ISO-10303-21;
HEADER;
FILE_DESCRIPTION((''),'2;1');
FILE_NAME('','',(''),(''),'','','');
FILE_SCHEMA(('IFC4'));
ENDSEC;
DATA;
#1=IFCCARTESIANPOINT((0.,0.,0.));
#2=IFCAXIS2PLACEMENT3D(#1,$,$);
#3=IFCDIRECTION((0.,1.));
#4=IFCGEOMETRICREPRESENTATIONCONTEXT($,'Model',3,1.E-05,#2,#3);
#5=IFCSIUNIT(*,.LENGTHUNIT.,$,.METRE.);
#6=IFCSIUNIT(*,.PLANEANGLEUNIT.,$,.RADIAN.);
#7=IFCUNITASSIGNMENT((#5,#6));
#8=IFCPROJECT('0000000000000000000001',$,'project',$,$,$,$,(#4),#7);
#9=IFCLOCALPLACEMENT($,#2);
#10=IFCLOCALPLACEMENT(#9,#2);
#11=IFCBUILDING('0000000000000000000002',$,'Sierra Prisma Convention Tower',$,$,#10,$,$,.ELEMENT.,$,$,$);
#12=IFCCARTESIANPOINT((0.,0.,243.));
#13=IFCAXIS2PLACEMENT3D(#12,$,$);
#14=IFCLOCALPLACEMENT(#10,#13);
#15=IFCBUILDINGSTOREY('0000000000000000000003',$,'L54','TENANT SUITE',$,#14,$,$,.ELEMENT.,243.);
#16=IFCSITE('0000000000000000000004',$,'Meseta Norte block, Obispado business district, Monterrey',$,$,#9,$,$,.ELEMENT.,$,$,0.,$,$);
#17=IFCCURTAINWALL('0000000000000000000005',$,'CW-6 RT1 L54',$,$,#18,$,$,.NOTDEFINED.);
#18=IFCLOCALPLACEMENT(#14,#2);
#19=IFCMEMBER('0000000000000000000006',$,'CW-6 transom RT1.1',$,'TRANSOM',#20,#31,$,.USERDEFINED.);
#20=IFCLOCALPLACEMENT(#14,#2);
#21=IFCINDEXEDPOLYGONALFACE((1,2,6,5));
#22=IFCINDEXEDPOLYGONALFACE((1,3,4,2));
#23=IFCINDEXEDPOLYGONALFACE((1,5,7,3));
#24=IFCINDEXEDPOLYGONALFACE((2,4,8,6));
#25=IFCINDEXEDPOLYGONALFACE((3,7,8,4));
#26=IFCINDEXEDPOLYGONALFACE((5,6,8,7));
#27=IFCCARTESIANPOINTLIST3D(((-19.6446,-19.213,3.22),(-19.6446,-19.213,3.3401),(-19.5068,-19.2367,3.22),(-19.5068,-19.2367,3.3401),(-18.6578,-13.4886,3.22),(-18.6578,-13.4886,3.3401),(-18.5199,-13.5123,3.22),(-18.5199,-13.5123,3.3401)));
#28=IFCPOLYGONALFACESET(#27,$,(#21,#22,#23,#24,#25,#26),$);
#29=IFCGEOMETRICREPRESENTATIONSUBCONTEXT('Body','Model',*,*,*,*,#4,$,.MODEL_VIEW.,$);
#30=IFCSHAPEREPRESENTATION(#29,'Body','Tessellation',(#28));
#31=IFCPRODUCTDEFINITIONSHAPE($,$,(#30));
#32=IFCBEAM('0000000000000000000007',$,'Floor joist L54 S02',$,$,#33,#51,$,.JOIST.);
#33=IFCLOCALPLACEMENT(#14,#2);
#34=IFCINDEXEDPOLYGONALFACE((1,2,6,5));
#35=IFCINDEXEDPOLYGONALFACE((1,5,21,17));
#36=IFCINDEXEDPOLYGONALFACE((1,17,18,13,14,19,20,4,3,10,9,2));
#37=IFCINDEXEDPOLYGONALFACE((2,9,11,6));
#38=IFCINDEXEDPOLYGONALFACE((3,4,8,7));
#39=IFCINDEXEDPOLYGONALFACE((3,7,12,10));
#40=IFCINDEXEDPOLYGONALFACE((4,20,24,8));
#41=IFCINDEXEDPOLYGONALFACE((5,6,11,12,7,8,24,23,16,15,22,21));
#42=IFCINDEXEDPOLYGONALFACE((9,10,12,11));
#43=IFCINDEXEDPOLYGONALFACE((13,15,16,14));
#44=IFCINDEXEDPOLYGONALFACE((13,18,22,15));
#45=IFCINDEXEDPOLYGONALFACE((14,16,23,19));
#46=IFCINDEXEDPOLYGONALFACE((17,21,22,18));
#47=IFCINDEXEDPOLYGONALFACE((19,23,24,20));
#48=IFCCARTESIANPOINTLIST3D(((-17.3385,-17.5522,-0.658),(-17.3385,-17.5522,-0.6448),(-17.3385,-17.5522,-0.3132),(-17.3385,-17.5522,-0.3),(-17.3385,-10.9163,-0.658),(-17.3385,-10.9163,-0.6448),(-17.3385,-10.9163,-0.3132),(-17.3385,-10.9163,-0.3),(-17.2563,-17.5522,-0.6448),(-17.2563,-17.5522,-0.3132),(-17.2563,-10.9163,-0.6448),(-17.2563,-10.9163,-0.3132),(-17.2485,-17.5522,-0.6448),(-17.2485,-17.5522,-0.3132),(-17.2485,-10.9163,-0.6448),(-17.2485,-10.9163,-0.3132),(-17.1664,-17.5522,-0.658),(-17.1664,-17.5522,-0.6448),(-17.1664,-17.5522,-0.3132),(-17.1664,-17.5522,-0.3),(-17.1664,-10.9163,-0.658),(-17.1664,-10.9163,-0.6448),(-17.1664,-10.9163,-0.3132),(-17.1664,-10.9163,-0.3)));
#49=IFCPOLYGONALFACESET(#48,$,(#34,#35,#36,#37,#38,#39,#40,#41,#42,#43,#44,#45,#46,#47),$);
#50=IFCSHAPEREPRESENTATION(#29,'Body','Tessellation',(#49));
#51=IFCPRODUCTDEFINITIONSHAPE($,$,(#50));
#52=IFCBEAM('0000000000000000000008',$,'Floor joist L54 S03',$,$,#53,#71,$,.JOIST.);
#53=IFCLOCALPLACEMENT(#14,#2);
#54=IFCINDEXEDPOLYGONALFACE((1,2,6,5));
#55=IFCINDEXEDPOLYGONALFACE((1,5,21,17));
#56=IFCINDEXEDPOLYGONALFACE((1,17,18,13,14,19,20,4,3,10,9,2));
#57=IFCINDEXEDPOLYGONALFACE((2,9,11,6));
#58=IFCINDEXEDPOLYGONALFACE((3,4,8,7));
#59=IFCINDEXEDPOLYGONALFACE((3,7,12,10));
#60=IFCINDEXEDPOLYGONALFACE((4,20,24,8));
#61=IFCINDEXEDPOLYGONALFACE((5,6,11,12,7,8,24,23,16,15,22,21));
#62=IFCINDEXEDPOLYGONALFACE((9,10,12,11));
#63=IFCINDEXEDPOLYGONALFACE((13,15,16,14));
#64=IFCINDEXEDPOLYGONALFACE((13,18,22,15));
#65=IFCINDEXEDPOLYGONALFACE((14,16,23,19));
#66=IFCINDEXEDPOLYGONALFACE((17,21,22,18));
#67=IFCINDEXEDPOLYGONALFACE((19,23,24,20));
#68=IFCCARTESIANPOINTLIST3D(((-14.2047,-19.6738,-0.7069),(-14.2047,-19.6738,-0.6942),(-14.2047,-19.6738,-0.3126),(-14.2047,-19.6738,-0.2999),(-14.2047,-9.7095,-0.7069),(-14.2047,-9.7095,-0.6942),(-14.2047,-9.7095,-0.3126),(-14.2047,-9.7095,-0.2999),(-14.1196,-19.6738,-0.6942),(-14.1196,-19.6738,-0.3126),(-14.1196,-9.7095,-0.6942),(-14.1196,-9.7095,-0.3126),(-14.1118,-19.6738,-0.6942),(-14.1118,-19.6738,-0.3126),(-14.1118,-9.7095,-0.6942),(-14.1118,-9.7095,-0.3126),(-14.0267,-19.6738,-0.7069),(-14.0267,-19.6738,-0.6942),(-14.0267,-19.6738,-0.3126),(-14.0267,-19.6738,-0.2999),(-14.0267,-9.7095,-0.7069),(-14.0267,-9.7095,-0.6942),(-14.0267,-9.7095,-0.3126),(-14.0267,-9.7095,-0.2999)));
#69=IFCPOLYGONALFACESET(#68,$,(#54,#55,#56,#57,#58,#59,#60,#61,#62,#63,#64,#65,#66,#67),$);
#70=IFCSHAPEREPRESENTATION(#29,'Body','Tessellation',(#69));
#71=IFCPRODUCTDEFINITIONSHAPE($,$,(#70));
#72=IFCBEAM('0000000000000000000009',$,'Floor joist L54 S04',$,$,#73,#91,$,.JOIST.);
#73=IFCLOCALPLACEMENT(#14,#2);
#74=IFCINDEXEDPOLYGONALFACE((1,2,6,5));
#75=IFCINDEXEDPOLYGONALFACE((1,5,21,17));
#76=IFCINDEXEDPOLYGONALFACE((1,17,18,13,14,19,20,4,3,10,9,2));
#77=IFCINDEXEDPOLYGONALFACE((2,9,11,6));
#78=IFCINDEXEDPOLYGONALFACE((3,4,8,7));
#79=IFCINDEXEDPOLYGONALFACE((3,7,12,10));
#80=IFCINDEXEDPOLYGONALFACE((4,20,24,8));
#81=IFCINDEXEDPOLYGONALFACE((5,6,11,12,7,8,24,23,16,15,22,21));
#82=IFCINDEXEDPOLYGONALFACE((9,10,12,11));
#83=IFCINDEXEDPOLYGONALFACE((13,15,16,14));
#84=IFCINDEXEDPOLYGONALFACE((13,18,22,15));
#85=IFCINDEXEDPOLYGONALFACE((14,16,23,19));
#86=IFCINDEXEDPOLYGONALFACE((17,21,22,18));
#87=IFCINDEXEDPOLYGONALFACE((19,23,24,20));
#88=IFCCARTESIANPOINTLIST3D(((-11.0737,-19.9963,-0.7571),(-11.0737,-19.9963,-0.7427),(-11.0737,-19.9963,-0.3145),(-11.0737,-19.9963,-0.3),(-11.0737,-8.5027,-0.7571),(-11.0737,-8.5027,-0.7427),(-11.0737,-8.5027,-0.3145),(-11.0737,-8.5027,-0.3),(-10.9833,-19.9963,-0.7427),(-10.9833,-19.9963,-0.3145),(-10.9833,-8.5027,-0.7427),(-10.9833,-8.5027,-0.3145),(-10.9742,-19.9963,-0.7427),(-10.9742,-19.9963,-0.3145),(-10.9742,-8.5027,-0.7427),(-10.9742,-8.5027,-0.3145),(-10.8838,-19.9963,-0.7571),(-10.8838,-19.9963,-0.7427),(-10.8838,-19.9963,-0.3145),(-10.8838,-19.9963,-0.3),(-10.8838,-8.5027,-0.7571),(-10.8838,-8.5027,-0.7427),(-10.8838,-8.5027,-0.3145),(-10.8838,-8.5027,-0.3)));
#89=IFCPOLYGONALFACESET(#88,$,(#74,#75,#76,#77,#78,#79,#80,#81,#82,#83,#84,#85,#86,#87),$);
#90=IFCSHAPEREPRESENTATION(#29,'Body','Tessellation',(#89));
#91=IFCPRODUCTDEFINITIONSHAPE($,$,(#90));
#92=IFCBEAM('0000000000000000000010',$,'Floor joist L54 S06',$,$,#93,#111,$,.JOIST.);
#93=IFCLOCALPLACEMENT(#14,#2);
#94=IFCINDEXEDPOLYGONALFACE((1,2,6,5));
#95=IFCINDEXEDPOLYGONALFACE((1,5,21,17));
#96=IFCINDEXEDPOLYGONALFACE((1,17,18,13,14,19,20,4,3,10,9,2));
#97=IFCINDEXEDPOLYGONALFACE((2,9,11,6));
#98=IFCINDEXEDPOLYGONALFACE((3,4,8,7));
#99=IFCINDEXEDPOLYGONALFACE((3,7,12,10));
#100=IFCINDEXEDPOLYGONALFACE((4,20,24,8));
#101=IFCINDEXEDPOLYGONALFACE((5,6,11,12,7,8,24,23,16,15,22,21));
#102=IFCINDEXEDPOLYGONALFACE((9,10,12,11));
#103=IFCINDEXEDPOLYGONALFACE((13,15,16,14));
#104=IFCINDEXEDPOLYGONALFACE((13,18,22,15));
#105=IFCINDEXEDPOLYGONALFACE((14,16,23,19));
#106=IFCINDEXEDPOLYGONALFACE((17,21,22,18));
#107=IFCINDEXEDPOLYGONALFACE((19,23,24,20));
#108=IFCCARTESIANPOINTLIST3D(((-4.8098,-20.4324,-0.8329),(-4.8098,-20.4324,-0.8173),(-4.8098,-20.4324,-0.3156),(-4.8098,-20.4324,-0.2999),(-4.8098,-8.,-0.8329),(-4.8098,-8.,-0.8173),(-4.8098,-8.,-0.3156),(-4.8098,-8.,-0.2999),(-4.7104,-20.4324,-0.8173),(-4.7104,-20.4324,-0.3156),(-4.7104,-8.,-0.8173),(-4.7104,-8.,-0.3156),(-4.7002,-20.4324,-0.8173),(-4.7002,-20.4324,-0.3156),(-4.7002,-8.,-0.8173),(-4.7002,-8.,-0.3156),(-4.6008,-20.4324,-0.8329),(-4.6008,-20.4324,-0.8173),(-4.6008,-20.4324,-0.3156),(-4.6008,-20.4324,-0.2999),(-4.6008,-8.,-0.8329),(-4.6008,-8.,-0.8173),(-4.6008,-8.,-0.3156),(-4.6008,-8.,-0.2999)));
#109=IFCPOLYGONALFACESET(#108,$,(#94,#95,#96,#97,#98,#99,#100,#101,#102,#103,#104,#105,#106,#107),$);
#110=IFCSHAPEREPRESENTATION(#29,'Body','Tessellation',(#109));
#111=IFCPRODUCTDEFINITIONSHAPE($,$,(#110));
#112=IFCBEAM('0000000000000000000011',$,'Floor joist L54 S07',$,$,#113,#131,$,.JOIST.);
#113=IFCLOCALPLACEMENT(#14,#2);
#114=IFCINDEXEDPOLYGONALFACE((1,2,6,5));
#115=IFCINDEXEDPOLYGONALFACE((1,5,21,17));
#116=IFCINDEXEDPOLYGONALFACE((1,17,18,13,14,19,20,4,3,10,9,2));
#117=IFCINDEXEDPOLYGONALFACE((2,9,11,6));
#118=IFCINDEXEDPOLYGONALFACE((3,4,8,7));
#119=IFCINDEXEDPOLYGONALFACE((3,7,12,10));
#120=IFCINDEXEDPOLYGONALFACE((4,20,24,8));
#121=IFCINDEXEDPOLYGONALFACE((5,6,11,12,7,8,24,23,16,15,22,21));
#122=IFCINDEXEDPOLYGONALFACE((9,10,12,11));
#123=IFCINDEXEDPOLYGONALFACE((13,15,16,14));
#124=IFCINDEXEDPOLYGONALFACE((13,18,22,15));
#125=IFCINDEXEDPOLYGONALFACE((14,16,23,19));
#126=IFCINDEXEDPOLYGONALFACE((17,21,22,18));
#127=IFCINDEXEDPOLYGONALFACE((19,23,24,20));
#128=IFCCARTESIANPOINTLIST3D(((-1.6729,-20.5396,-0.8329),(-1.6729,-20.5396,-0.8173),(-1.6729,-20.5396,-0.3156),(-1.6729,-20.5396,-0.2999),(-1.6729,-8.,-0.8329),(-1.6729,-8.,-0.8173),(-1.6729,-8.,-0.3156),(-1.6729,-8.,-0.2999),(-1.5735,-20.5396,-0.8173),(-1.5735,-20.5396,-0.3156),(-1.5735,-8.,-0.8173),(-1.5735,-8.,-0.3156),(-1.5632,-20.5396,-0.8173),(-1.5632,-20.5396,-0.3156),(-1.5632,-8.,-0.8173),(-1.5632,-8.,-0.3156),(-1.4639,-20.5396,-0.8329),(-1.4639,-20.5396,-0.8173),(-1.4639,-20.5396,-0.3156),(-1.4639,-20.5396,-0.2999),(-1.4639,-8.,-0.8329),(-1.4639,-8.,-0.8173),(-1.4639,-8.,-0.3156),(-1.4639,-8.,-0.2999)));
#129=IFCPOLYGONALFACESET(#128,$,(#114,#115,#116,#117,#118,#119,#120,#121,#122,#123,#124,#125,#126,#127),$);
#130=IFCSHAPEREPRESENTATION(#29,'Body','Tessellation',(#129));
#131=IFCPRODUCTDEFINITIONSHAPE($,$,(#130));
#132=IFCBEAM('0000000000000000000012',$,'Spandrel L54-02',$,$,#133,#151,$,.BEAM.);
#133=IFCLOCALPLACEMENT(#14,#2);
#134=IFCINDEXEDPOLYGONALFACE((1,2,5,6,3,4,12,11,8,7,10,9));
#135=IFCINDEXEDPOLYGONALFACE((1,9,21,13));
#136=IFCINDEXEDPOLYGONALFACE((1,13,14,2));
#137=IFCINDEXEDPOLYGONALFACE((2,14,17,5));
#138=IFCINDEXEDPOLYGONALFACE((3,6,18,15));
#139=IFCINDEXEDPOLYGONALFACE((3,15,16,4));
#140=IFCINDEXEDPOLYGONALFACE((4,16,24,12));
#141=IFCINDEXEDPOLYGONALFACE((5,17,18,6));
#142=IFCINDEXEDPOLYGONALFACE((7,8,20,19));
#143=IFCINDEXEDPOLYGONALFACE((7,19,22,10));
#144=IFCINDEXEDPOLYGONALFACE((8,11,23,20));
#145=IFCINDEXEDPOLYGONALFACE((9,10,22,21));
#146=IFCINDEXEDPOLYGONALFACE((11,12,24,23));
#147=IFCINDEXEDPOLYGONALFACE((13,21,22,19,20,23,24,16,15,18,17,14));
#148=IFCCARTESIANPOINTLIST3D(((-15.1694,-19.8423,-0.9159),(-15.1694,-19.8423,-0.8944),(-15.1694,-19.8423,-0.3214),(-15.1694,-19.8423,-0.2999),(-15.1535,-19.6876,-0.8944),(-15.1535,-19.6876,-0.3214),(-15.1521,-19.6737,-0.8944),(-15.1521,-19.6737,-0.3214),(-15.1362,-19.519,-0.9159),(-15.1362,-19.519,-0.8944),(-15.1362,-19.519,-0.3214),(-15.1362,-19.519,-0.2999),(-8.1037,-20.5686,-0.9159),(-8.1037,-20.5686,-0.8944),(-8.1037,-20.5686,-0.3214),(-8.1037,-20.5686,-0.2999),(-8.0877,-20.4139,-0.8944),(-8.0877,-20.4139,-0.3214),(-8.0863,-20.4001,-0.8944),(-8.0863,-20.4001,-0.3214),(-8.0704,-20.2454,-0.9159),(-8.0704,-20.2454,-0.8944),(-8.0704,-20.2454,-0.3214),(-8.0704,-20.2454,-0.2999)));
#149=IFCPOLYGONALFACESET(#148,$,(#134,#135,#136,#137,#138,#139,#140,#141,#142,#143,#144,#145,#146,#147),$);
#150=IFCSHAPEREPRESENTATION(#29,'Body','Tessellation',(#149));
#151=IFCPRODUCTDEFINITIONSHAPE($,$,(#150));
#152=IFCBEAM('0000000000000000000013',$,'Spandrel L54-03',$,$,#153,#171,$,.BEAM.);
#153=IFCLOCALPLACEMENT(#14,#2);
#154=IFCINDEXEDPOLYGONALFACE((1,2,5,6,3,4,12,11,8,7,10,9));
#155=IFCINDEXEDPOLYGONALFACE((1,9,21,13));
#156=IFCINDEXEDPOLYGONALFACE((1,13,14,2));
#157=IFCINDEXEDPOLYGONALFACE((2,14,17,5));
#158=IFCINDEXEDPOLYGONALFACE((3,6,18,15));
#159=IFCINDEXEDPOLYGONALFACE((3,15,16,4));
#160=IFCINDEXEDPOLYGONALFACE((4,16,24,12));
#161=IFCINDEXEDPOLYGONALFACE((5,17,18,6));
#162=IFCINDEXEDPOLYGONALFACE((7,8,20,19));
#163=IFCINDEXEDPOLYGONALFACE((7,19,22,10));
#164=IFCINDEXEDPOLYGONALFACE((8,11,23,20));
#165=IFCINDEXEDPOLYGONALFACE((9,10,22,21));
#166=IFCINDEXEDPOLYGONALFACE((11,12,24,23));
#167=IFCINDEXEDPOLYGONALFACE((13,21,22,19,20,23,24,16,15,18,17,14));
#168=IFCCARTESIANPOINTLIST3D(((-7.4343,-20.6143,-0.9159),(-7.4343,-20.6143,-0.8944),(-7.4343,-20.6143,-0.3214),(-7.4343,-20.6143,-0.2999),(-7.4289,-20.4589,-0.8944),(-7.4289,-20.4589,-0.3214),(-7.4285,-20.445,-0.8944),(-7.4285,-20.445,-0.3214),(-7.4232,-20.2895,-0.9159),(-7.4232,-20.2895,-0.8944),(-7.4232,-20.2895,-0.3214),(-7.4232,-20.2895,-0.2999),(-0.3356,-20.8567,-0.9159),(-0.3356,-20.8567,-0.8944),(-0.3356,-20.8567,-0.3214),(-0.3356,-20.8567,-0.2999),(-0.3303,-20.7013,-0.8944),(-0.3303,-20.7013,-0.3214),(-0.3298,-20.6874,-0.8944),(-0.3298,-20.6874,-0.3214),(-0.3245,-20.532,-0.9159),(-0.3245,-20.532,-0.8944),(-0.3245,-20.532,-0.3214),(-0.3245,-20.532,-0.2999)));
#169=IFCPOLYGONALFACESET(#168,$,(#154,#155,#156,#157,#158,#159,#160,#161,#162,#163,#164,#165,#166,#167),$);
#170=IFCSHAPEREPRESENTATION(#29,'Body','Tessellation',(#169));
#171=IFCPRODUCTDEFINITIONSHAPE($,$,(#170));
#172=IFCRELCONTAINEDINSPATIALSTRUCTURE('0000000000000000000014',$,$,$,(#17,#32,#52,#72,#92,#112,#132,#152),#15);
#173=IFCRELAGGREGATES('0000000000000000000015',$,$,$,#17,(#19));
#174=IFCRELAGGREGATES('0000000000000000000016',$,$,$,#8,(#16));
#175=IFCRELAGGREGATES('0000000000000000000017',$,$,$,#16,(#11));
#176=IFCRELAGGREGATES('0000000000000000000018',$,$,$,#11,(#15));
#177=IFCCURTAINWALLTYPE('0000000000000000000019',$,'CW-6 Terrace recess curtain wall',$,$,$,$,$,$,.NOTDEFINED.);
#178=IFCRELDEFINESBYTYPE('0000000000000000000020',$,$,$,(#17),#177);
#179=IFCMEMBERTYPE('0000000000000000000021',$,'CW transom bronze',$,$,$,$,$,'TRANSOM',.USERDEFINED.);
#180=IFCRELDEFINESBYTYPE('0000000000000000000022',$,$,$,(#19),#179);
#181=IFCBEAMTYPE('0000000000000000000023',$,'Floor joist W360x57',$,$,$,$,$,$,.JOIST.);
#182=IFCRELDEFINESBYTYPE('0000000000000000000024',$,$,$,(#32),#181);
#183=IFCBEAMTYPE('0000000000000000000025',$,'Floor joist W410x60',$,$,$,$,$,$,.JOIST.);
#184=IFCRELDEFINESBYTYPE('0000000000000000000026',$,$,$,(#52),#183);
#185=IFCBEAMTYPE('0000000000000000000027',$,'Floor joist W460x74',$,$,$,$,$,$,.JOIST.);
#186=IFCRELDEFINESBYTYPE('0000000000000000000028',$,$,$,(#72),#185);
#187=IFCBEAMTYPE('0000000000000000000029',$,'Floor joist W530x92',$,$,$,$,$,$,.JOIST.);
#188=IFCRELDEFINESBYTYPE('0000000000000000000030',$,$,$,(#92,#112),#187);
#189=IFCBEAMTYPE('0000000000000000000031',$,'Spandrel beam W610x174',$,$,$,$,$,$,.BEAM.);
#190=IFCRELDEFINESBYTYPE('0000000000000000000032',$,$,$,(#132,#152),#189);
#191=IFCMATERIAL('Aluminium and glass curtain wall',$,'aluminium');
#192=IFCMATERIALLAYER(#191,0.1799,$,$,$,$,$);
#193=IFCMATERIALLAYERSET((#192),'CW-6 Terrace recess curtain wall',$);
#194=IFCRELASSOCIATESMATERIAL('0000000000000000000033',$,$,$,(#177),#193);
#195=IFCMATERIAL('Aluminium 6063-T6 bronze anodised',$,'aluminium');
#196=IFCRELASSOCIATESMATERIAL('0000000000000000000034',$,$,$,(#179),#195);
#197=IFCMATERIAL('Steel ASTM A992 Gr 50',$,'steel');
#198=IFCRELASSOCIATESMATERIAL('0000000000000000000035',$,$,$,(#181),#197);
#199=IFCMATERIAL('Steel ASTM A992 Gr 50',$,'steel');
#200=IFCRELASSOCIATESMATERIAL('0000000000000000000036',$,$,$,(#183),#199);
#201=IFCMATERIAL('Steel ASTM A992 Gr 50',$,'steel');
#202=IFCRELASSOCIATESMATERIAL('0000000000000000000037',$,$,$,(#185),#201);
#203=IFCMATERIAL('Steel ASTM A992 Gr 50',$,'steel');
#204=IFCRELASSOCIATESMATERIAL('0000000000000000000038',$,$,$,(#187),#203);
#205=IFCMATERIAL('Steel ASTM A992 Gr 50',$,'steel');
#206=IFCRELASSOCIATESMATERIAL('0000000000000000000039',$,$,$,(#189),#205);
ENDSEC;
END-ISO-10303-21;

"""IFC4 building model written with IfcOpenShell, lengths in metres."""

from ifc_helpers import new_model, si_unit, direction, frame, origin, origin_2d, place, context, subcontext, project, spatial, rectangle, i_section, extrude, material, layer, layer_set, material_profile, profile_set, type_object, element, aggregate, save


model = new_model("IFC4")

# Units and contexts
model_context = context("Model", 3, precision=1e-05, world=origin(), true_north=direction((0.0, 1.0)))
body_context = subcontext(model_context, "Body", "Model", "MODEL_VIEW")
ifc_project = project(units=[si_unit("LENGTHUNIT", "METRE"), si_unit("PLANEANGLEUNIT", "RADIAN")], contexts=[model_context])

# Site, building, storey
site_placement = place(None, origin())
site = spatial("IfcSite", under=ifc_project, at=site_placement, Name="Meseta Norte block, Obispado business district, Monterrey", CompositionType="ELEMENT", RefElevation=0.0)
building_placement = place(site_placement, origin())
building = spatial("IfcBuilding", under=site, at=building_placement, Name="Sierra Prisma Convention Tower", CompositionType="ELEMENT")
storey_placement = place(building_placement, frame((0.0, 0.0, 243.0)))
storey = spatial("IfcBuildingStorey", under=building, at=storey_placement, Name="L54", Description="TENANT SUITE", CompositionType="ELEMENT", Elevation=243.0)

# Shared definitions
ifc_material_1 = material(Name="Aluminium and glass curtain wall", Category="aluminium")
ifc_layer_1 = layer(ifc_material_1, 0.1799)
ifc_layer_set_1 = layer_set([ifc_layer_1], Name="CW-6 Terrace recess curtain wall")
curtain_wall_type_1 = type_object("IfcCurtainWallType", Name="CW-6 Terrace recess curtain wall", PredefinedType="NOTDEFINED", material=ifc_layer_set_1)

# Curtain wall
curtain_wall_1_placement = place(storey_placement, origin())
curtain_wall_1 = element("IfcCurtainWall", 1, at=curtain_wall_1_placement, inside=storey, type_object=curtain_wall_type_1, Name="CW-6 RT1 L54", PredefinedType="NOTDEFINED")

# Shared definitions
ifc_material_2 = material(Name="Aluminium 6063-T6 bronze anodised", Category="aluminium")
ifc_material_profile_1 = material_profile(ifc_material_2, rectangle(XDim=0.1399, YDim=0.1201, at=origin_2d()), Name="ALU TRANSOM 120x140")
ifc_profile_set_1 = profile_set([ifc_material_profile_1], Name="Aluminium 6063-T6 bronze anodised")
member_type_1 = type_object("IfcMemberType", Name="CW transom bronze", ElementType="TRANSOM", PredefinedType="USERDEFINED", material=ifc_profile_set_1)

# Member
member_1_placement = place(storey_placement, frame((-19.5757, -19.2249, 3.28), z_axis=(0.169883, 0.985464, 0.0), x_axis=(-0.985464, 0.169883, 0.0)))
member_1 = element("IfcMember", 2, at=member_1_placement, type_object=member_type_1, Name="CW-6 transom RT1.1", ObjectType="TRANSOM", PredefinedType="USERDEFINED", context=body_context, shape_type="SweptSolid", body=[
    extrude(rectangle(XDim=0.1399, YDim=0.1201, at=origin_2d()), origin(), (0.0, 0.0, 1.0), 5.8088),
])

# Beams
ifc_material_3 = material(Name="Steel ASTM A992 Gr 50", Category="steel")
ifc_material_profile_2 = material_profile(ifc_material_3, i_section(OverallWidth=0.1721, OverallDepth=0.3579, WebThickness=0.0078, FlangeThickness=0.0132, at=origin_2d()), Name="W360x57")
ifc_profile_set_2 = profile_set([ifc_material_profile_2], Name="Steel ASTM A992 Gr 50")
beam_type_1 = type_object("IfcBeamType", Name="Floor joist W360x57", PredefinedType="JOIST", material=ifc_profile_set_2)
beam_1_placement = place(storey_placement, frame((-17.2524, -17.5522, -0.479), z_axis=(0.0, 1.0, 0.0), x_axis=(-1.0, 0.0, 0.0)))
element("IfcBeam", 3, at=beam_1_placement, inside=storey, type_object=beam_type_1, Name="Floor joist L54 S02", PredefinedType="JOIST", context=body_context, shape_type="SweptSolid", body=[
    extrude(i_section(OverallWidth=0.1721, OverallDepth=0.3579, WebThickness=0.0078, FlangeThickness=0.0132, at=origin_2d()), origin(), (0.0, 0.0, 1.0), 6.636),
])
ifc_material_4 = material(Name="Steel ASTM A992 Gr 50", Category="steel")
ifc_material_profile_3 = material_profile(ifc_material_4, i_section(OverallWidth=0.178, OverallDepth=0.407, WebThickness=0.0078, FlangeThickness=0.0127, at=origin_2d()), Name="W410x60")
ifc_profile_set_3 = profile_set([ifc_material_profile_3], Name="Steel ASTM A992 Gr 50")
beam_type_2 = type_object("IfcBeamType", Name="Floor joist W410x60", PredefinedType="JOIST", material=ifc_profile_set_3)
beam_2_placement = place(storey_placement, frame((-14.1157, -19.6738, -0.5034), z_axis=(0.0, 1.0, 0.0), x_axis=(-1.0, 0.0, 0.0)))
element("IfcBeam", 4, at=beam_2_placement, inside=storey, type_object=beam_type_2, Name="Floor joist L54 S03", PredefinedType="JOIST", context=body_context, shape_type="SweptSolid", body=[
    extrude(i_section(OverallWidth=0.178, OverallDepth=0.407, WebThickness=0.0078, FlangeThickness=0.0127, at=origin_2d()), origin(), (0.0, 0.0, 1.0), 9.9644),
])
ifc_material_5 = material(Name="Steel ASTM A992 Gr 50", Category="steel")
ifc_material_profile_4 = material_profile(ifc_material_5, i_section(OverallWidth=0.1899, OverallDepth=0.457, WebThickness=0.009, FlangeThickness=0.0144, at=origin_2d()), Name="W460x74")
ifc_profile_set_4 = profile_set([ifc_material_profile_4], Name="Steel ASTM A992 Gr 50")
beam_type_3 = type_object("IfcBeamType", Name="Floor joist W460x74", PredefinedType="JOIST", material=ifc_profile_set_4)
beam_3_placement = place(storey_placement, frame((-10.9788, -19.9963, -0.5286), z_axis=(0.0, 1.0, 0.0), x_axis=(-1.0, 0.0, 0.0)))
element("IfcBeam", 5, at=beam_3_placement, inside=storey, type_object=beam_type_3, Name="Floor joist L54 S04", PredefinedType="JOIST", context=body_context, shape_type="SweptSolid", body=[
    extrude(i_section(OverallWidth=0.1899, OverallDepth=0.457, WebThickness=0.009, FlangeThickness=0.0144, at=origin_2d()), origin(), (0.0, 0.0, 1.0), 11.4937),
])
ifc_material_6 = material(Name="Steel ASTM A992 Gr 50", Category="steel")
ifc_material_profile_5 = material_profile(ifc_material_6, i_section(OverallWidth=0.209, OverallDepth=0.533, WebThickness=0.0103, FlangeThickness=0.0156, at=origin_2d()), Name="W530x92")
ifc_profile_set_5 = profile_set([ifc_material_profile_5], Name="Steel ASTM A992 Gr 50")
beam_type_4 = type_object("IfcBeamType", Name="Floor joist W530x92", PredefinedType="JOIST", material=ifc_profile_set_5)
beam_4_placement = place(storey_placement, frame((-4.7053, -20.4324, -0.5664), z_axis=(0.0, 1.0, 0.0), x_axis=(-1.0, 0.0, 0.0)))
element("IfcBeam", 6, at=beam_4_placement, inside=storey, type_object=beam_type_4, Name="Floor joist L54 S06", PredefinedType="JOIST", context=body_context, shape_type="SweptSolid", body=[
    extrude(i_section(OverallWidth=0.209, OverallDepth=0.533, WebThickness=0.0103, FlangeThickness=0.0156, at=origin_2d()), origin(), (0.0, 0.0, 1.0), 12.4324),
])
beam_5_placement = place(storey_placement, frame((-1.5684, -20.5396, -0.5664), z_axis=(0.0, 1.0, 0.0), x_axis=(-1.0, 0.0, 0.0)))
element("IfcBeam", 7, at=beam_5_placement, inside=storey, type_object=beam_type_4, Name="Floor joist L54 S07", PredefinedType="JOIST", context=body_context, shape_type="SweptSolid", body=[
    extrude(i_section(OverallWidth=0.209, OverallDepth=0.533, WebThickness=0.0103, FlangeThickness=0.0156, at=origin_2d()), origin(), (0.0, 0.0, 1.0), 12.5396),
])
ifc_material_7 = material(Name="Steel ASTM A992 Gr 50", Category="steel")
ifc_material_profile_6 = material_profile(ifc_material_7, i_section(OverallWidth=0.325, OverallDepth=0.616, WebThickness=0.0139, FlangeThickness=0.0215, at=origin_2d()), Name="W610x174")
ifc_profile_set_6 = profile_set([ifc_material_profile_6], Name="Steel ASTM A992 Gr 50")
beam_type_5 = type_object("IfcBeamType", Name="Spandrel beam W610x174", PredefinedType="BEAM", material=ifc_profile_set_6)
beam_6_placement = place(storey_placement, frame((-15.1528, -19.6807, -0.6079), z_axis=(0.994758, -0.102256, 0.0), x_axis=(0.102256, 0.994758, 0.0)))
element("IfcBeam", 8, at=beam_6_placement, inside=storey, type_object=beam_type_5, Name="Spandrel L54-02", PredefinedType="BEAM", context=body_context, shape_type="SweptSolid", body=[
    extrude(i_section(OverallWidth=0.325, OverallDepth=0.616, WebThickness=0.0139, FlangeThickness=0.0215, at=origin_2d()), origin(), (0.0, 0.0, 1.0), 7.103),
])
beam_7_placement = place(storey_placement, frame((-7.4287, -20.4519, -0.6079), z_axis=(0.999417, -0.034132, 0.0), x_axis=(0.034132, 0.999417, 0.0)))
element("IfcBeam", 9, at=beam_7_placement, inside=storey, type_object=beam_type_5, Name="Spandrel L54-03", PredefinedType="BEAM", context=body_context, shape_type="SweptSolid", body=[
    extrude(i_section(OverallWidth=0.325, OverallDepth=0.616, WebThickness=0.0139, FlangeThickness=0.0215, at=origin_2d()), origin(), (0.0, 0.0, 1.0), 7.1028),
])

aggregate(curtain_wall_1, [member_1])

save(model, "model.ifc")
